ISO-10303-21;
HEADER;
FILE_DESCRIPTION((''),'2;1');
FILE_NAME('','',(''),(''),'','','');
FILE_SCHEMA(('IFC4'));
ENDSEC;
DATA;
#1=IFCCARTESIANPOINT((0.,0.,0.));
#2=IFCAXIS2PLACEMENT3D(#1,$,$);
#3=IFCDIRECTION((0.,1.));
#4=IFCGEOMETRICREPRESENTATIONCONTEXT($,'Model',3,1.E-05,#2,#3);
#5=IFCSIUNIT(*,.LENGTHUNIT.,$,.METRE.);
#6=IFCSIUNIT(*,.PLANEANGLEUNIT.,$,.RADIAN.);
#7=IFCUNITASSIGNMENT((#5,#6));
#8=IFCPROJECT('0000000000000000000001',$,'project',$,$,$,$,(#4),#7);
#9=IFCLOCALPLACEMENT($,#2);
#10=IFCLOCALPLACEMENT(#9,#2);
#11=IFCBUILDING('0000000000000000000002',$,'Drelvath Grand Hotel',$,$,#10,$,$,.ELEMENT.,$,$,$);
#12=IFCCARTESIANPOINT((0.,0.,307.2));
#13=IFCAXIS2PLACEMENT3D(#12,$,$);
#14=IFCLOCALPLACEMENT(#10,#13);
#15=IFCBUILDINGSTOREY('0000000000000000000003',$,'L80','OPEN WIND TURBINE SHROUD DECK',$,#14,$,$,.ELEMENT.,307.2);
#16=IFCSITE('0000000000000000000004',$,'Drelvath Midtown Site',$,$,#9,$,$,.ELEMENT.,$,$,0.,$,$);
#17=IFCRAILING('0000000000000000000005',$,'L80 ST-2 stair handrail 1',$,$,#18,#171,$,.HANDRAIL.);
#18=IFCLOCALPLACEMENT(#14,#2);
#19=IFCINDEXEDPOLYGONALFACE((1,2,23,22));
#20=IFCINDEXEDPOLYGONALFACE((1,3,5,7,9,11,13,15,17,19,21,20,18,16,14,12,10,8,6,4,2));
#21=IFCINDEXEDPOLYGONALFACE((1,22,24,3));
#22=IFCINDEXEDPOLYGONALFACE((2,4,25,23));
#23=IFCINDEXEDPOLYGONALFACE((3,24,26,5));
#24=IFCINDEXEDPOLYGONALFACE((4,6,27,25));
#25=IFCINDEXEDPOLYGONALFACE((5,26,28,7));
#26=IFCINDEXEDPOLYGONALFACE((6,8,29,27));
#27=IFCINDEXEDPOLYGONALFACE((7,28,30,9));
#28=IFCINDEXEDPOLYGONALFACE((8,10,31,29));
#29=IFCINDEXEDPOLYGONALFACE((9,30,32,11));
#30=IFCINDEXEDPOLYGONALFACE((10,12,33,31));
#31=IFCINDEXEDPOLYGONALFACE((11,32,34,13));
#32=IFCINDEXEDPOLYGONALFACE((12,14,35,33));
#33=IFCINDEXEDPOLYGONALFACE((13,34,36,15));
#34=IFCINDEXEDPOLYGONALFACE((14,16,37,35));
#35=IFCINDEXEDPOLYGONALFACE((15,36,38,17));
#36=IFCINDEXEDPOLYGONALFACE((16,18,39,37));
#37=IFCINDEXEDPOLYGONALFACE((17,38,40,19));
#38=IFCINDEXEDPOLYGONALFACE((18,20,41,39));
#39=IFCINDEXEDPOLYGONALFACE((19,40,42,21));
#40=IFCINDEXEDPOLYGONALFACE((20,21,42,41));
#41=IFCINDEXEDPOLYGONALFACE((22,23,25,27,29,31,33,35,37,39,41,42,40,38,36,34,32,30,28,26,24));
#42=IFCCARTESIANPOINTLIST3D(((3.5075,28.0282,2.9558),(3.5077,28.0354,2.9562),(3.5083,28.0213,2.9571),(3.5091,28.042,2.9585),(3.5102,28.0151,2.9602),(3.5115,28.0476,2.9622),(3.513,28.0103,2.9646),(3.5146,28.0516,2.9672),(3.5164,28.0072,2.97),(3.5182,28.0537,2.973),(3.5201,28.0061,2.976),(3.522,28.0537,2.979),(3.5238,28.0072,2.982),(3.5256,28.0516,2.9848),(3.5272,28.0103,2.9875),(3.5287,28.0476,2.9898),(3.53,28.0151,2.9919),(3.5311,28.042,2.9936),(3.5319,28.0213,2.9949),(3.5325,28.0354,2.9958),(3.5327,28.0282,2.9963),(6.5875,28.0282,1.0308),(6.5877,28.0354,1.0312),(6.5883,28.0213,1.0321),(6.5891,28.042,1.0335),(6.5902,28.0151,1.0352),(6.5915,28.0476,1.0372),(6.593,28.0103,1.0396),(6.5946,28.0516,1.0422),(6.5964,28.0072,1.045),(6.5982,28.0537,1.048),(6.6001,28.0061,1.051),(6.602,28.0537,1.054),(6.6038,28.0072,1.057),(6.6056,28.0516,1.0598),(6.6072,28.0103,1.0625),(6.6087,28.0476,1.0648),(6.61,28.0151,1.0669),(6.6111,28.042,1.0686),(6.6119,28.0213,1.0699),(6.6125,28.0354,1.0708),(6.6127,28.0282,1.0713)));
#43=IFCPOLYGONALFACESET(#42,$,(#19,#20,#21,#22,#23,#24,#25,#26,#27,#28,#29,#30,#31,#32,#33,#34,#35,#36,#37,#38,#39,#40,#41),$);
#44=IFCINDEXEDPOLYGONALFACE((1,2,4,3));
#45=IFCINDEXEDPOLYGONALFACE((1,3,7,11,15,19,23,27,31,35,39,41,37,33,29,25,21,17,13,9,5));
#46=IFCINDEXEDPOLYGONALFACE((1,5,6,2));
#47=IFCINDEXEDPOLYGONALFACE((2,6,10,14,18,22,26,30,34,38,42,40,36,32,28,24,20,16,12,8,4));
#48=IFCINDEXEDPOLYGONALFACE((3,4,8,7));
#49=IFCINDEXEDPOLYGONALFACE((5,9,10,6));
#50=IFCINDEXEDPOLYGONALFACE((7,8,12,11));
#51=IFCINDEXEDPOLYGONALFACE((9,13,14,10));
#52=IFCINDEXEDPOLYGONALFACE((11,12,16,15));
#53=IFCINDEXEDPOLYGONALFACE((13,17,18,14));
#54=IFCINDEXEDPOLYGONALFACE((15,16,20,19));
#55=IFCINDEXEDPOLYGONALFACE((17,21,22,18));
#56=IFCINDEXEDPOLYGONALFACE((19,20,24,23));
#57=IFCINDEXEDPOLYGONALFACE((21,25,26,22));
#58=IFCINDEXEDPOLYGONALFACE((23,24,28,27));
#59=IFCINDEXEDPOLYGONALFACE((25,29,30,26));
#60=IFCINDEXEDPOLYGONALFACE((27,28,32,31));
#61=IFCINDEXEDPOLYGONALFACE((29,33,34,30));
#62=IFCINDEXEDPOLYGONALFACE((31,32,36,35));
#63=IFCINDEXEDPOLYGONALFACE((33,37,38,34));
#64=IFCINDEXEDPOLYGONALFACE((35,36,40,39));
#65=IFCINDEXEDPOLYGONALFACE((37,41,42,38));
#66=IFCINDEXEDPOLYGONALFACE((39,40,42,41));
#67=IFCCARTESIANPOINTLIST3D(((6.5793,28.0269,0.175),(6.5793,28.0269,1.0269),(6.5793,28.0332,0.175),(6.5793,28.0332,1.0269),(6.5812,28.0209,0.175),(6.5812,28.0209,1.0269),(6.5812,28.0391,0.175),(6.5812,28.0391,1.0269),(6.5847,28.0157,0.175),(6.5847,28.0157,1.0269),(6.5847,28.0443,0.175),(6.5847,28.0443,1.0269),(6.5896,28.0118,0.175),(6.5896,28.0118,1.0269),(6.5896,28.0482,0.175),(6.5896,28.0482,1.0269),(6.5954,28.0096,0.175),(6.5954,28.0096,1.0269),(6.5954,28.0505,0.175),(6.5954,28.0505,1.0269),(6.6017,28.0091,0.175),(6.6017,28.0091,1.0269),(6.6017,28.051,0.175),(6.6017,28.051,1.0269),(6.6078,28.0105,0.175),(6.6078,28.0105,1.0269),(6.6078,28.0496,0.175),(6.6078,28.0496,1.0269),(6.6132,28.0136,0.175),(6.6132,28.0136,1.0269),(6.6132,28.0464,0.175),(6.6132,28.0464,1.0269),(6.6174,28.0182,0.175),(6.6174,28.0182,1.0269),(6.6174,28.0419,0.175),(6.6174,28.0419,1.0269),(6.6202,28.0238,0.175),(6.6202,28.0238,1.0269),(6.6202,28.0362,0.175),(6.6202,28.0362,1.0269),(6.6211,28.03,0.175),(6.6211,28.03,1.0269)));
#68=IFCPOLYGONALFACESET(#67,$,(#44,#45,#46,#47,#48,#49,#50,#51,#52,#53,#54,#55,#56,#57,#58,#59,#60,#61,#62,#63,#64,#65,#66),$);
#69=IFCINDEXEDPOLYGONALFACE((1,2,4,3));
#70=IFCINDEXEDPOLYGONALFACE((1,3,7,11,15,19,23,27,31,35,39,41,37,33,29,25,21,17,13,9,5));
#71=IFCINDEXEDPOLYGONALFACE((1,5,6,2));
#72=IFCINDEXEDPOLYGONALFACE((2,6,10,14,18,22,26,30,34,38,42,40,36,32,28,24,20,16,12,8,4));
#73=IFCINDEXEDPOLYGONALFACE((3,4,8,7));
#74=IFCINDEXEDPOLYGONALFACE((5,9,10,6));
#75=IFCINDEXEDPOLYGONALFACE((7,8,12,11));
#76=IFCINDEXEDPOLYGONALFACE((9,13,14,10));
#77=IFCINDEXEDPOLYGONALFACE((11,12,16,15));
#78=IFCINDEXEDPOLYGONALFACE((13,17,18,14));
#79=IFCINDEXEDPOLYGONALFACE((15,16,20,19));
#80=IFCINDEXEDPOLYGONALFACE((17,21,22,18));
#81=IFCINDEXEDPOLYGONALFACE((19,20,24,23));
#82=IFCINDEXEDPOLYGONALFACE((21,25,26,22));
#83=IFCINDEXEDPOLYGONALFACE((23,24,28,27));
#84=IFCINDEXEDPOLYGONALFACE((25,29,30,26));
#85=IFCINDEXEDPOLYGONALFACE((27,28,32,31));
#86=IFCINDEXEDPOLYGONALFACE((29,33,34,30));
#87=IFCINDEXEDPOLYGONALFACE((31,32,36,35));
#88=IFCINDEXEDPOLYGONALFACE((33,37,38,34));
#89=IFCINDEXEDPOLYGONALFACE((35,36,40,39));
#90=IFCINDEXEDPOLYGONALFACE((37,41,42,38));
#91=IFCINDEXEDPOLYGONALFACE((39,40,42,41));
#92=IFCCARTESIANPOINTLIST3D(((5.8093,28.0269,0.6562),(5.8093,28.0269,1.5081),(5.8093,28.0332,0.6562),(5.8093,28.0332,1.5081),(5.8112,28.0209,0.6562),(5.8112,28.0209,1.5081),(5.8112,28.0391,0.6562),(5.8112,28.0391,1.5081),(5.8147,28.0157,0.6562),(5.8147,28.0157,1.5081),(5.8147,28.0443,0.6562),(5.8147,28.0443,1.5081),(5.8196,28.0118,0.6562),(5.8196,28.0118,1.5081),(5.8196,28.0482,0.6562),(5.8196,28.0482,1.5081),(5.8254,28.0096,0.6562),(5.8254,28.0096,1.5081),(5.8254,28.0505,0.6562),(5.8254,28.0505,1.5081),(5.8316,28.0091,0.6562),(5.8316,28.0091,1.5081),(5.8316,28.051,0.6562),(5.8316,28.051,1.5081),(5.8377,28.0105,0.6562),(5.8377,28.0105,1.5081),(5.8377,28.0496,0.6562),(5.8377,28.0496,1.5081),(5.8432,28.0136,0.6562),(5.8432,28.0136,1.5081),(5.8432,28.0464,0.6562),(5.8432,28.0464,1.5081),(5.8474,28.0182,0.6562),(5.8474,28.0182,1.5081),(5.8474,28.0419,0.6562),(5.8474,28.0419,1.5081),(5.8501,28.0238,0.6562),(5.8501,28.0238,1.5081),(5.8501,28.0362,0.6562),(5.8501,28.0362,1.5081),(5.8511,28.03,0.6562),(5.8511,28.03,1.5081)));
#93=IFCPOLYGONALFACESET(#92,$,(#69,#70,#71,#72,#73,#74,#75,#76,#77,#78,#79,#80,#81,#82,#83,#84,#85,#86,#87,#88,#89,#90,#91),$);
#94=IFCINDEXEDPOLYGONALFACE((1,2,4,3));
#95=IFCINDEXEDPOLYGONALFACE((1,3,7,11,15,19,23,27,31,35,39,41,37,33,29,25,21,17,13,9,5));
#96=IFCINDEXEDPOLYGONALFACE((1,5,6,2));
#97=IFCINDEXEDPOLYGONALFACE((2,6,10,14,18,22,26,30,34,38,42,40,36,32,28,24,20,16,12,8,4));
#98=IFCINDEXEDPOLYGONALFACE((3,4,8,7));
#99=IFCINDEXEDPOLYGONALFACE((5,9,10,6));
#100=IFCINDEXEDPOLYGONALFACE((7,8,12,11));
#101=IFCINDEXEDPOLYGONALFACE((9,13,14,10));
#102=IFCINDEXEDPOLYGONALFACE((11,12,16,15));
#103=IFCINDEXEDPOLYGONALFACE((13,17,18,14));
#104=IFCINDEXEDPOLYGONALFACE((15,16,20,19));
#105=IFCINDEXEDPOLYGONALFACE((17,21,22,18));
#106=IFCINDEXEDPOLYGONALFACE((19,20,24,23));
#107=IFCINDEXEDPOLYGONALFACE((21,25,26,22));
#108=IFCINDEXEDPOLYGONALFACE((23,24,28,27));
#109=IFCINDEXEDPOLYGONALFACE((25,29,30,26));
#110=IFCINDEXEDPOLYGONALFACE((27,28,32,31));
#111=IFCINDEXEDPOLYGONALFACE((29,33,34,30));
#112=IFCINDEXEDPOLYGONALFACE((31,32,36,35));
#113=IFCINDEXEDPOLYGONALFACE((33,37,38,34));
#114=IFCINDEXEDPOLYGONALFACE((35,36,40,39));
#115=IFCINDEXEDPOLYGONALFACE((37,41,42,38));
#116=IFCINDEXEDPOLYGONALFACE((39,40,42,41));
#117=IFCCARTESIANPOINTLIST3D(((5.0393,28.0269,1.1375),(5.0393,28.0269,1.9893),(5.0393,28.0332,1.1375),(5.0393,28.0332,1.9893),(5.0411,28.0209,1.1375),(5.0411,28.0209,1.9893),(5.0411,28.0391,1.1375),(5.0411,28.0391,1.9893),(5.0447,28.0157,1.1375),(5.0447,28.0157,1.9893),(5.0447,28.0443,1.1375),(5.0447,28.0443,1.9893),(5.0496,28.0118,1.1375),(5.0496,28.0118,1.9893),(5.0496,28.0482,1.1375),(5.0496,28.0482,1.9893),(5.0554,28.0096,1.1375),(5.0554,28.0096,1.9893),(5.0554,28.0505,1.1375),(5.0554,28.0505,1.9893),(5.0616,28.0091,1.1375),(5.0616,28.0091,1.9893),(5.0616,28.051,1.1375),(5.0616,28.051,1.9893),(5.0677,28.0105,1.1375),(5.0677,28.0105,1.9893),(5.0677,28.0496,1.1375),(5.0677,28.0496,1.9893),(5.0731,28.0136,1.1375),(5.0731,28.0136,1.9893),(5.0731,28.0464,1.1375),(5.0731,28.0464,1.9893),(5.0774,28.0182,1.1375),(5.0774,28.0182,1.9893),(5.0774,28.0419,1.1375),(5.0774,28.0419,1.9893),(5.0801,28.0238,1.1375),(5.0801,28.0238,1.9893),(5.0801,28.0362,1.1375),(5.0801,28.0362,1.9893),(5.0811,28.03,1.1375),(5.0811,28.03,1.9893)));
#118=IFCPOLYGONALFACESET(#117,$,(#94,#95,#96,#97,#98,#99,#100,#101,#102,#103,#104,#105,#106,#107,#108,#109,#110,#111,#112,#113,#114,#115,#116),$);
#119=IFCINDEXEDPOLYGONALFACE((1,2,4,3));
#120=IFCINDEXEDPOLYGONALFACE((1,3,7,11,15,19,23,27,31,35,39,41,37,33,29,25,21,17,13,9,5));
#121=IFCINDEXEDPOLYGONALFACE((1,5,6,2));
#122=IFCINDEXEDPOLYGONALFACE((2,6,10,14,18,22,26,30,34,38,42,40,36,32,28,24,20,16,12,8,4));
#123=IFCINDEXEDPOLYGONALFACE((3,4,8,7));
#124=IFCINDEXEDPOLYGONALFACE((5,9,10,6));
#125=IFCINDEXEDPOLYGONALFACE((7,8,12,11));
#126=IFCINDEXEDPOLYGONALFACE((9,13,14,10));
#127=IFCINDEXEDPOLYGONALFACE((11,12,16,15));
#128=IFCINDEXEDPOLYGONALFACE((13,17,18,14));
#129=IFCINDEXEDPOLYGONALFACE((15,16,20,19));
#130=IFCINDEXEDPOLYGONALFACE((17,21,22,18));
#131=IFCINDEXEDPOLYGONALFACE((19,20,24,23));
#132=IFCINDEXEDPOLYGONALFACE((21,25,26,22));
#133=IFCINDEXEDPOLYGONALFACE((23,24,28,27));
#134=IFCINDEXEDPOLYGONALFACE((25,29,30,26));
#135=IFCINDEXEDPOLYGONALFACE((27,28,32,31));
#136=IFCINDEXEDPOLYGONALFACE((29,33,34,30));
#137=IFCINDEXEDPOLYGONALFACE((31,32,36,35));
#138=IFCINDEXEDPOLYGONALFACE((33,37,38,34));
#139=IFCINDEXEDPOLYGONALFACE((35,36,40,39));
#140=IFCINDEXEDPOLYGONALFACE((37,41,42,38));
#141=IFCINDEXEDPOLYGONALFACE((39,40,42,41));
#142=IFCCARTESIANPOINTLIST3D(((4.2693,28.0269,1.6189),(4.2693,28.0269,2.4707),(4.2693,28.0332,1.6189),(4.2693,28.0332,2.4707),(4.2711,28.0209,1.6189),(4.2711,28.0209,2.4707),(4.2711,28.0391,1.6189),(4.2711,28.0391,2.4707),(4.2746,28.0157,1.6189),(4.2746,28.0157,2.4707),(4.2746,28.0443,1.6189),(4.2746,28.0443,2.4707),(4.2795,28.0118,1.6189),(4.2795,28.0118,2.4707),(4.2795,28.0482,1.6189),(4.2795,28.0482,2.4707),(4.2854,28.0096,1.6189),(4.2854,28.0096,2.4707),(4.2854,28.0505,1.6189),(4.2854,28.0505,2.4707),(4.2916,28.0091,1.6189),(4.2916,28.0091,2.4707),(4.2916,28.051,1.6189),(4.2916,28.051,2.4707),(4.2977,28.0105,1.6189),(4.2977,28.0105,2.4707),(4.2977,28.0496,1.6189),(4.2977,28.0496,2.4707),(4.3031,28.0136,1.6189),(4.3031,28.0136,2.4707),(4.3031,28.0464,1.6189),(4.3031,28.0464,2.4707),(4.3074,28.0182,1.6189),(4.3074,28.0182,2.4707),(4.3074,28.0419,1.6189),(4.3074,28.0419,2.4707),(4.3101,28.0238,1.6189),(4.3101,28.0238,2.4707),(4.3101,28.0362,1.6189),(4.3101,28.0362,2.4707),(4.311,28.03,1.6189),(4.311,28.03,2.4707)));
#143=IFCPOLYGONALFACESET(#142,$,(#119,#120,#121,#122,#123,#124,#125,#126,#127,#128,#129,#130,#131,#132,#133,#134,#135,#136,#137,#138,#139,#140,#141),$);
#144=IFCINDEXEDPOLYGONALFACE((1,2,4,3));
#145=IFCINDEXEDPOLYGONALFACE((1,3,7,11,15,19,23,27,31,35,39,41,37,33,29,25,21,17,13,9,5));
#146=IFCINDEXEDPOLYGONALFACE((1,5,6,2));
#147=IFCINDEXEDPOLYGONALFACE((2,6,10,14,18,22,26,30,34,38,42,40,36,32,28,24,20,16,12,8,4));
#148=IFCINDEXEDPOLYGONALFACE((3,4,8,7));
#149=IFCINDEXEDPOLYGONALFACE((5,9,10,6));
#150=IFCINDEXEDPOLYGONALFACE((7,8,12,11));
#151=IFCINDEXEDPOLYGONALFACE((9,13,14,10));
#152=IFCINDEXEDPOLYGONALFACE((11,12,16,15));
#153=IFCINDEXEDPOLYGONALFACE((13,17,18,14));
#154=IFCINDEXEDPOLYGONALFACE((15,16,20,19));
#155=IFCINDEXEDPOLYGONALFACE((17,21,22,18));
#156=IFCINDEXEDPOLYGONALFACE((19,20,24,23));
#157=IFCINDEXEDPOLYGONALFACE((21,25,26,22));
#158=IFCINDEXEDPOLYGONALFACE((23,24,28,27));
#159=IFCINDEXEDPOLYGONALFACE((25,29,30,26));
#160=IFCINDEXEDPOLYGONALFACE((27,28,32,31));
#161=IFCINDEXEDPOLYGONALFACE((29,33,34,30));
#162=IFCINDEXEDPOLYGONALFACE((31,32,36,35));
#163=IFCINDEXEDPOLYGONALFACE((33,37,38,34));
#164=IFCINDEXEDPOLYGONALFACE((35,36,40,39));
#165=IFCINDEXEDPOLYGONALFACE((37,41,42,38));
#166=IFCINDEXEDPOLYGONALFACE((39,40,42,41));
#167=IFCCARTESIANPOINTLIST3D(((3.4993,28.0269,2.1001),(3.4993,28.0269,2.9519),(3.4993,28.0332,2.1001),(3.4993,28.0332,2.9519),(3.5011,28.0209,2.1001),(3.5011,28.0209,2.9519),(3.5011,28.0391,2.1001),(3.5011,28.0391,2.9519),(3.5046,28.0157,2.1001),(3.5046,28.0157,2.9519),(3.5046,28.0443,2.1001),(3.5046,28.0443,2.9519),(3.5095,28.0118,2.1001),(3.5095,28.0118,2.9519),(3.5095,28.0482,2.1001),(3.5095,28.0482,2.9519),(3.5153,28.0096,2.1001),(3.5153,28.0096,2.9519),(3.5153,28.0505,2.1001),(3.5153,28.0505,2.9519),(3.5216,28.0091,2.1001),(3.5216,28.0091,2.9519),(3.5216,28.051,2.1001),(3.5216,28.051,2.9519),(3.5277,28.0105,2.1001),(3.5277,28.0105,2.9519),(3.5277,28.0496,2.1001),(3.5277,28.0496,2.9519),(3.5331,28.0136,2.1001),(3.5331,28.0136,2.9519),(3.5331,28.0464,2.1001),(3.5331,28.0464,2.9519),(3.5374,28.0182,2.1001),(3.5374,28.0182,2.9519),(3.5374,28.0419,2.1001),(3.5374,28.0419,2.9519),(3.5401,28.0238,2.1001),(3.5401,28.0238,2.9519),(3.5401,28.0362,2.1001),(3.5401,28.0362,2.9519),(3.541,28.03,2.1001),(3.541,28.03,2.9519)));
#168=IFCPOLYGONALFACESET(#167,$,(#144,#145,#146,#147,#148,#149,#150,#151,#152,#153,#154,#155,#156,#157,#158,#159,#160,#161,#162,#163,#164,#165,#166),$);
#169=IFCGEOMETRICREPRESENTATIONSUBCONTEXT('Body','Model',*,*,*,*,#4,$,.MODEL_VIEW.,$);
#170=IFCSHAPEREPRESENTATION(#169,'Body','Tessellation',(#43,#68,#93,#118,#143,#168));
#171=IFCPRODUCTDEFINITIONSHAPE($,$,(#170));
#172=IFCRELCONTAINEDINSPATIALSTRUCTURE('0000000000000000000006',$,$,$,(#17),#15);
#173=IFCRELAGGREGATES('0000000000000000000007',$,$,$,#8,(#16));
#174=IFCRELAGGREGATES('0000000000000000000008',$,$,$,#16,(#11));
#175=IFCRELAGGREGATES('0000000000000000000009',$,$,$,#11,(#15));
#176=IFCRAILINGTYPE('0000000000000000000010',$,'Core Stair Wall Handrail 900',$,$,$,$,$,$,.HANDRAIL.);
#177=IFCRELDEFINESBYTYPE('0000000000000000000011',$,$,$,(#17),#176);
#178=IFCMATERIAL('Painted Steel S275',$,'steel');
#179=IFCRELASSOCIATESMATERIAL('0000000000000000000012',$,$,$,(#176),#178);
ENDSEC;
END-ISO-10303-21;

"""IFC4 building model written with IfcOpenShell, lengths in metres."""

from ifc_helpers import new_model, si_unit, direction, frame, origin, origin_2d, place, context, subcontext, project, spatial, circle, extrude, material, type_object, element, save


model = new_model("IFC4")

# Units and contexts
model_context = context("Model", 3, precision=1e-05, world=origin(), true_north=direction((0.0, 1.0)))
body_context = subcontext(model_context, "Body", "Model", "MODEL_VIEW")
ifc_project = project(units=[si_unit("LENGTHUNIT", "METRE"), si_unit("PLANEANGLEUNIT", "RADIAN")], contexts=[model_context])

# Site, building, storey
site_placement = place(None, origin())
site = spatial("IfcSite", under=ifc_project, at=site_placement, Name="Drelvath Midtown Site", CompositionType="ELEMENT", RefElevation=0.0)
building_placement = place(site_placement, origin())
building = spatial("IfcBuilding", under=site, at=building_placement, Name="Drelvath Grand Hotel", CompositionType="ELEMENT")
storey_placement = place(building_placement, frame((0.0, 0.0, 307.2)))
storey = spatial("IfcBuildingStorey", under=building, at=storey_placement, Name="L80", Description="OPEN WIND TURBINE SHROUD DECK", CompositionType="ELEMENT", Elevation=307.2)

# Shared definitions
ifc_material_1 = material(Name="Painted Steel S275", Category="steel")

# Railing
railing_type_1 = type_object("IfcRailingType", Name="Core Stair Wall Handrail 900", PredefinedType="HANDRAIL", material=ifc_material_1)
railing_1_placement = place(storey_placement, frame((6.6001, 28.03, 0.175)))
element("IfcRailing", 1, at=railing_1_placement, inside=storey, type_object=railing_type_1, Name="L80 ST-2 stair handrail 1", PredefinedType="HANDRAIL", context=body_context, shape_type="SweptSolid", body=[
    extrude(circle(Radius=0.0239, at=origin_2d()), frame((0.0, 0.0, 0.876), z_axis=(-0.847998, 0.0, 0.529999), x_axis=(0.0, -1.0, 0.0)), (0.0, 0.0, 1.0), 3.6321),
    extrude(circle(Radius=0.021, at=origin_2d()), origin(), (0.0, 0.0, 1.0), 0.8518),
    extrude(circle(Radius=0.021, at=origin_2d()), frame((-0.77, 0.0, 0.4812)), (0.0, 0.0, 1.0), 0.8518),
    extrude(circle(Radius=0.021, at=origin_2d()), frame((-1.54, 0.0, 0.9624)), (0.0, 0.0, 1.0), 0.8518),
    extrude(circle(Radius=0.021, at=origin_2d()), frame((-2.3101, 0.0, 1.4438)), (0.0, 0.0, 1.0), 0.8518),
    extrude(circle(Radius=0.021, at=origin_2d()), frame((-3.0801, 0.0, 1.925)), (0.0, 0.0, 1.0), 0.8518),
])

save(model, "model.ifc")
